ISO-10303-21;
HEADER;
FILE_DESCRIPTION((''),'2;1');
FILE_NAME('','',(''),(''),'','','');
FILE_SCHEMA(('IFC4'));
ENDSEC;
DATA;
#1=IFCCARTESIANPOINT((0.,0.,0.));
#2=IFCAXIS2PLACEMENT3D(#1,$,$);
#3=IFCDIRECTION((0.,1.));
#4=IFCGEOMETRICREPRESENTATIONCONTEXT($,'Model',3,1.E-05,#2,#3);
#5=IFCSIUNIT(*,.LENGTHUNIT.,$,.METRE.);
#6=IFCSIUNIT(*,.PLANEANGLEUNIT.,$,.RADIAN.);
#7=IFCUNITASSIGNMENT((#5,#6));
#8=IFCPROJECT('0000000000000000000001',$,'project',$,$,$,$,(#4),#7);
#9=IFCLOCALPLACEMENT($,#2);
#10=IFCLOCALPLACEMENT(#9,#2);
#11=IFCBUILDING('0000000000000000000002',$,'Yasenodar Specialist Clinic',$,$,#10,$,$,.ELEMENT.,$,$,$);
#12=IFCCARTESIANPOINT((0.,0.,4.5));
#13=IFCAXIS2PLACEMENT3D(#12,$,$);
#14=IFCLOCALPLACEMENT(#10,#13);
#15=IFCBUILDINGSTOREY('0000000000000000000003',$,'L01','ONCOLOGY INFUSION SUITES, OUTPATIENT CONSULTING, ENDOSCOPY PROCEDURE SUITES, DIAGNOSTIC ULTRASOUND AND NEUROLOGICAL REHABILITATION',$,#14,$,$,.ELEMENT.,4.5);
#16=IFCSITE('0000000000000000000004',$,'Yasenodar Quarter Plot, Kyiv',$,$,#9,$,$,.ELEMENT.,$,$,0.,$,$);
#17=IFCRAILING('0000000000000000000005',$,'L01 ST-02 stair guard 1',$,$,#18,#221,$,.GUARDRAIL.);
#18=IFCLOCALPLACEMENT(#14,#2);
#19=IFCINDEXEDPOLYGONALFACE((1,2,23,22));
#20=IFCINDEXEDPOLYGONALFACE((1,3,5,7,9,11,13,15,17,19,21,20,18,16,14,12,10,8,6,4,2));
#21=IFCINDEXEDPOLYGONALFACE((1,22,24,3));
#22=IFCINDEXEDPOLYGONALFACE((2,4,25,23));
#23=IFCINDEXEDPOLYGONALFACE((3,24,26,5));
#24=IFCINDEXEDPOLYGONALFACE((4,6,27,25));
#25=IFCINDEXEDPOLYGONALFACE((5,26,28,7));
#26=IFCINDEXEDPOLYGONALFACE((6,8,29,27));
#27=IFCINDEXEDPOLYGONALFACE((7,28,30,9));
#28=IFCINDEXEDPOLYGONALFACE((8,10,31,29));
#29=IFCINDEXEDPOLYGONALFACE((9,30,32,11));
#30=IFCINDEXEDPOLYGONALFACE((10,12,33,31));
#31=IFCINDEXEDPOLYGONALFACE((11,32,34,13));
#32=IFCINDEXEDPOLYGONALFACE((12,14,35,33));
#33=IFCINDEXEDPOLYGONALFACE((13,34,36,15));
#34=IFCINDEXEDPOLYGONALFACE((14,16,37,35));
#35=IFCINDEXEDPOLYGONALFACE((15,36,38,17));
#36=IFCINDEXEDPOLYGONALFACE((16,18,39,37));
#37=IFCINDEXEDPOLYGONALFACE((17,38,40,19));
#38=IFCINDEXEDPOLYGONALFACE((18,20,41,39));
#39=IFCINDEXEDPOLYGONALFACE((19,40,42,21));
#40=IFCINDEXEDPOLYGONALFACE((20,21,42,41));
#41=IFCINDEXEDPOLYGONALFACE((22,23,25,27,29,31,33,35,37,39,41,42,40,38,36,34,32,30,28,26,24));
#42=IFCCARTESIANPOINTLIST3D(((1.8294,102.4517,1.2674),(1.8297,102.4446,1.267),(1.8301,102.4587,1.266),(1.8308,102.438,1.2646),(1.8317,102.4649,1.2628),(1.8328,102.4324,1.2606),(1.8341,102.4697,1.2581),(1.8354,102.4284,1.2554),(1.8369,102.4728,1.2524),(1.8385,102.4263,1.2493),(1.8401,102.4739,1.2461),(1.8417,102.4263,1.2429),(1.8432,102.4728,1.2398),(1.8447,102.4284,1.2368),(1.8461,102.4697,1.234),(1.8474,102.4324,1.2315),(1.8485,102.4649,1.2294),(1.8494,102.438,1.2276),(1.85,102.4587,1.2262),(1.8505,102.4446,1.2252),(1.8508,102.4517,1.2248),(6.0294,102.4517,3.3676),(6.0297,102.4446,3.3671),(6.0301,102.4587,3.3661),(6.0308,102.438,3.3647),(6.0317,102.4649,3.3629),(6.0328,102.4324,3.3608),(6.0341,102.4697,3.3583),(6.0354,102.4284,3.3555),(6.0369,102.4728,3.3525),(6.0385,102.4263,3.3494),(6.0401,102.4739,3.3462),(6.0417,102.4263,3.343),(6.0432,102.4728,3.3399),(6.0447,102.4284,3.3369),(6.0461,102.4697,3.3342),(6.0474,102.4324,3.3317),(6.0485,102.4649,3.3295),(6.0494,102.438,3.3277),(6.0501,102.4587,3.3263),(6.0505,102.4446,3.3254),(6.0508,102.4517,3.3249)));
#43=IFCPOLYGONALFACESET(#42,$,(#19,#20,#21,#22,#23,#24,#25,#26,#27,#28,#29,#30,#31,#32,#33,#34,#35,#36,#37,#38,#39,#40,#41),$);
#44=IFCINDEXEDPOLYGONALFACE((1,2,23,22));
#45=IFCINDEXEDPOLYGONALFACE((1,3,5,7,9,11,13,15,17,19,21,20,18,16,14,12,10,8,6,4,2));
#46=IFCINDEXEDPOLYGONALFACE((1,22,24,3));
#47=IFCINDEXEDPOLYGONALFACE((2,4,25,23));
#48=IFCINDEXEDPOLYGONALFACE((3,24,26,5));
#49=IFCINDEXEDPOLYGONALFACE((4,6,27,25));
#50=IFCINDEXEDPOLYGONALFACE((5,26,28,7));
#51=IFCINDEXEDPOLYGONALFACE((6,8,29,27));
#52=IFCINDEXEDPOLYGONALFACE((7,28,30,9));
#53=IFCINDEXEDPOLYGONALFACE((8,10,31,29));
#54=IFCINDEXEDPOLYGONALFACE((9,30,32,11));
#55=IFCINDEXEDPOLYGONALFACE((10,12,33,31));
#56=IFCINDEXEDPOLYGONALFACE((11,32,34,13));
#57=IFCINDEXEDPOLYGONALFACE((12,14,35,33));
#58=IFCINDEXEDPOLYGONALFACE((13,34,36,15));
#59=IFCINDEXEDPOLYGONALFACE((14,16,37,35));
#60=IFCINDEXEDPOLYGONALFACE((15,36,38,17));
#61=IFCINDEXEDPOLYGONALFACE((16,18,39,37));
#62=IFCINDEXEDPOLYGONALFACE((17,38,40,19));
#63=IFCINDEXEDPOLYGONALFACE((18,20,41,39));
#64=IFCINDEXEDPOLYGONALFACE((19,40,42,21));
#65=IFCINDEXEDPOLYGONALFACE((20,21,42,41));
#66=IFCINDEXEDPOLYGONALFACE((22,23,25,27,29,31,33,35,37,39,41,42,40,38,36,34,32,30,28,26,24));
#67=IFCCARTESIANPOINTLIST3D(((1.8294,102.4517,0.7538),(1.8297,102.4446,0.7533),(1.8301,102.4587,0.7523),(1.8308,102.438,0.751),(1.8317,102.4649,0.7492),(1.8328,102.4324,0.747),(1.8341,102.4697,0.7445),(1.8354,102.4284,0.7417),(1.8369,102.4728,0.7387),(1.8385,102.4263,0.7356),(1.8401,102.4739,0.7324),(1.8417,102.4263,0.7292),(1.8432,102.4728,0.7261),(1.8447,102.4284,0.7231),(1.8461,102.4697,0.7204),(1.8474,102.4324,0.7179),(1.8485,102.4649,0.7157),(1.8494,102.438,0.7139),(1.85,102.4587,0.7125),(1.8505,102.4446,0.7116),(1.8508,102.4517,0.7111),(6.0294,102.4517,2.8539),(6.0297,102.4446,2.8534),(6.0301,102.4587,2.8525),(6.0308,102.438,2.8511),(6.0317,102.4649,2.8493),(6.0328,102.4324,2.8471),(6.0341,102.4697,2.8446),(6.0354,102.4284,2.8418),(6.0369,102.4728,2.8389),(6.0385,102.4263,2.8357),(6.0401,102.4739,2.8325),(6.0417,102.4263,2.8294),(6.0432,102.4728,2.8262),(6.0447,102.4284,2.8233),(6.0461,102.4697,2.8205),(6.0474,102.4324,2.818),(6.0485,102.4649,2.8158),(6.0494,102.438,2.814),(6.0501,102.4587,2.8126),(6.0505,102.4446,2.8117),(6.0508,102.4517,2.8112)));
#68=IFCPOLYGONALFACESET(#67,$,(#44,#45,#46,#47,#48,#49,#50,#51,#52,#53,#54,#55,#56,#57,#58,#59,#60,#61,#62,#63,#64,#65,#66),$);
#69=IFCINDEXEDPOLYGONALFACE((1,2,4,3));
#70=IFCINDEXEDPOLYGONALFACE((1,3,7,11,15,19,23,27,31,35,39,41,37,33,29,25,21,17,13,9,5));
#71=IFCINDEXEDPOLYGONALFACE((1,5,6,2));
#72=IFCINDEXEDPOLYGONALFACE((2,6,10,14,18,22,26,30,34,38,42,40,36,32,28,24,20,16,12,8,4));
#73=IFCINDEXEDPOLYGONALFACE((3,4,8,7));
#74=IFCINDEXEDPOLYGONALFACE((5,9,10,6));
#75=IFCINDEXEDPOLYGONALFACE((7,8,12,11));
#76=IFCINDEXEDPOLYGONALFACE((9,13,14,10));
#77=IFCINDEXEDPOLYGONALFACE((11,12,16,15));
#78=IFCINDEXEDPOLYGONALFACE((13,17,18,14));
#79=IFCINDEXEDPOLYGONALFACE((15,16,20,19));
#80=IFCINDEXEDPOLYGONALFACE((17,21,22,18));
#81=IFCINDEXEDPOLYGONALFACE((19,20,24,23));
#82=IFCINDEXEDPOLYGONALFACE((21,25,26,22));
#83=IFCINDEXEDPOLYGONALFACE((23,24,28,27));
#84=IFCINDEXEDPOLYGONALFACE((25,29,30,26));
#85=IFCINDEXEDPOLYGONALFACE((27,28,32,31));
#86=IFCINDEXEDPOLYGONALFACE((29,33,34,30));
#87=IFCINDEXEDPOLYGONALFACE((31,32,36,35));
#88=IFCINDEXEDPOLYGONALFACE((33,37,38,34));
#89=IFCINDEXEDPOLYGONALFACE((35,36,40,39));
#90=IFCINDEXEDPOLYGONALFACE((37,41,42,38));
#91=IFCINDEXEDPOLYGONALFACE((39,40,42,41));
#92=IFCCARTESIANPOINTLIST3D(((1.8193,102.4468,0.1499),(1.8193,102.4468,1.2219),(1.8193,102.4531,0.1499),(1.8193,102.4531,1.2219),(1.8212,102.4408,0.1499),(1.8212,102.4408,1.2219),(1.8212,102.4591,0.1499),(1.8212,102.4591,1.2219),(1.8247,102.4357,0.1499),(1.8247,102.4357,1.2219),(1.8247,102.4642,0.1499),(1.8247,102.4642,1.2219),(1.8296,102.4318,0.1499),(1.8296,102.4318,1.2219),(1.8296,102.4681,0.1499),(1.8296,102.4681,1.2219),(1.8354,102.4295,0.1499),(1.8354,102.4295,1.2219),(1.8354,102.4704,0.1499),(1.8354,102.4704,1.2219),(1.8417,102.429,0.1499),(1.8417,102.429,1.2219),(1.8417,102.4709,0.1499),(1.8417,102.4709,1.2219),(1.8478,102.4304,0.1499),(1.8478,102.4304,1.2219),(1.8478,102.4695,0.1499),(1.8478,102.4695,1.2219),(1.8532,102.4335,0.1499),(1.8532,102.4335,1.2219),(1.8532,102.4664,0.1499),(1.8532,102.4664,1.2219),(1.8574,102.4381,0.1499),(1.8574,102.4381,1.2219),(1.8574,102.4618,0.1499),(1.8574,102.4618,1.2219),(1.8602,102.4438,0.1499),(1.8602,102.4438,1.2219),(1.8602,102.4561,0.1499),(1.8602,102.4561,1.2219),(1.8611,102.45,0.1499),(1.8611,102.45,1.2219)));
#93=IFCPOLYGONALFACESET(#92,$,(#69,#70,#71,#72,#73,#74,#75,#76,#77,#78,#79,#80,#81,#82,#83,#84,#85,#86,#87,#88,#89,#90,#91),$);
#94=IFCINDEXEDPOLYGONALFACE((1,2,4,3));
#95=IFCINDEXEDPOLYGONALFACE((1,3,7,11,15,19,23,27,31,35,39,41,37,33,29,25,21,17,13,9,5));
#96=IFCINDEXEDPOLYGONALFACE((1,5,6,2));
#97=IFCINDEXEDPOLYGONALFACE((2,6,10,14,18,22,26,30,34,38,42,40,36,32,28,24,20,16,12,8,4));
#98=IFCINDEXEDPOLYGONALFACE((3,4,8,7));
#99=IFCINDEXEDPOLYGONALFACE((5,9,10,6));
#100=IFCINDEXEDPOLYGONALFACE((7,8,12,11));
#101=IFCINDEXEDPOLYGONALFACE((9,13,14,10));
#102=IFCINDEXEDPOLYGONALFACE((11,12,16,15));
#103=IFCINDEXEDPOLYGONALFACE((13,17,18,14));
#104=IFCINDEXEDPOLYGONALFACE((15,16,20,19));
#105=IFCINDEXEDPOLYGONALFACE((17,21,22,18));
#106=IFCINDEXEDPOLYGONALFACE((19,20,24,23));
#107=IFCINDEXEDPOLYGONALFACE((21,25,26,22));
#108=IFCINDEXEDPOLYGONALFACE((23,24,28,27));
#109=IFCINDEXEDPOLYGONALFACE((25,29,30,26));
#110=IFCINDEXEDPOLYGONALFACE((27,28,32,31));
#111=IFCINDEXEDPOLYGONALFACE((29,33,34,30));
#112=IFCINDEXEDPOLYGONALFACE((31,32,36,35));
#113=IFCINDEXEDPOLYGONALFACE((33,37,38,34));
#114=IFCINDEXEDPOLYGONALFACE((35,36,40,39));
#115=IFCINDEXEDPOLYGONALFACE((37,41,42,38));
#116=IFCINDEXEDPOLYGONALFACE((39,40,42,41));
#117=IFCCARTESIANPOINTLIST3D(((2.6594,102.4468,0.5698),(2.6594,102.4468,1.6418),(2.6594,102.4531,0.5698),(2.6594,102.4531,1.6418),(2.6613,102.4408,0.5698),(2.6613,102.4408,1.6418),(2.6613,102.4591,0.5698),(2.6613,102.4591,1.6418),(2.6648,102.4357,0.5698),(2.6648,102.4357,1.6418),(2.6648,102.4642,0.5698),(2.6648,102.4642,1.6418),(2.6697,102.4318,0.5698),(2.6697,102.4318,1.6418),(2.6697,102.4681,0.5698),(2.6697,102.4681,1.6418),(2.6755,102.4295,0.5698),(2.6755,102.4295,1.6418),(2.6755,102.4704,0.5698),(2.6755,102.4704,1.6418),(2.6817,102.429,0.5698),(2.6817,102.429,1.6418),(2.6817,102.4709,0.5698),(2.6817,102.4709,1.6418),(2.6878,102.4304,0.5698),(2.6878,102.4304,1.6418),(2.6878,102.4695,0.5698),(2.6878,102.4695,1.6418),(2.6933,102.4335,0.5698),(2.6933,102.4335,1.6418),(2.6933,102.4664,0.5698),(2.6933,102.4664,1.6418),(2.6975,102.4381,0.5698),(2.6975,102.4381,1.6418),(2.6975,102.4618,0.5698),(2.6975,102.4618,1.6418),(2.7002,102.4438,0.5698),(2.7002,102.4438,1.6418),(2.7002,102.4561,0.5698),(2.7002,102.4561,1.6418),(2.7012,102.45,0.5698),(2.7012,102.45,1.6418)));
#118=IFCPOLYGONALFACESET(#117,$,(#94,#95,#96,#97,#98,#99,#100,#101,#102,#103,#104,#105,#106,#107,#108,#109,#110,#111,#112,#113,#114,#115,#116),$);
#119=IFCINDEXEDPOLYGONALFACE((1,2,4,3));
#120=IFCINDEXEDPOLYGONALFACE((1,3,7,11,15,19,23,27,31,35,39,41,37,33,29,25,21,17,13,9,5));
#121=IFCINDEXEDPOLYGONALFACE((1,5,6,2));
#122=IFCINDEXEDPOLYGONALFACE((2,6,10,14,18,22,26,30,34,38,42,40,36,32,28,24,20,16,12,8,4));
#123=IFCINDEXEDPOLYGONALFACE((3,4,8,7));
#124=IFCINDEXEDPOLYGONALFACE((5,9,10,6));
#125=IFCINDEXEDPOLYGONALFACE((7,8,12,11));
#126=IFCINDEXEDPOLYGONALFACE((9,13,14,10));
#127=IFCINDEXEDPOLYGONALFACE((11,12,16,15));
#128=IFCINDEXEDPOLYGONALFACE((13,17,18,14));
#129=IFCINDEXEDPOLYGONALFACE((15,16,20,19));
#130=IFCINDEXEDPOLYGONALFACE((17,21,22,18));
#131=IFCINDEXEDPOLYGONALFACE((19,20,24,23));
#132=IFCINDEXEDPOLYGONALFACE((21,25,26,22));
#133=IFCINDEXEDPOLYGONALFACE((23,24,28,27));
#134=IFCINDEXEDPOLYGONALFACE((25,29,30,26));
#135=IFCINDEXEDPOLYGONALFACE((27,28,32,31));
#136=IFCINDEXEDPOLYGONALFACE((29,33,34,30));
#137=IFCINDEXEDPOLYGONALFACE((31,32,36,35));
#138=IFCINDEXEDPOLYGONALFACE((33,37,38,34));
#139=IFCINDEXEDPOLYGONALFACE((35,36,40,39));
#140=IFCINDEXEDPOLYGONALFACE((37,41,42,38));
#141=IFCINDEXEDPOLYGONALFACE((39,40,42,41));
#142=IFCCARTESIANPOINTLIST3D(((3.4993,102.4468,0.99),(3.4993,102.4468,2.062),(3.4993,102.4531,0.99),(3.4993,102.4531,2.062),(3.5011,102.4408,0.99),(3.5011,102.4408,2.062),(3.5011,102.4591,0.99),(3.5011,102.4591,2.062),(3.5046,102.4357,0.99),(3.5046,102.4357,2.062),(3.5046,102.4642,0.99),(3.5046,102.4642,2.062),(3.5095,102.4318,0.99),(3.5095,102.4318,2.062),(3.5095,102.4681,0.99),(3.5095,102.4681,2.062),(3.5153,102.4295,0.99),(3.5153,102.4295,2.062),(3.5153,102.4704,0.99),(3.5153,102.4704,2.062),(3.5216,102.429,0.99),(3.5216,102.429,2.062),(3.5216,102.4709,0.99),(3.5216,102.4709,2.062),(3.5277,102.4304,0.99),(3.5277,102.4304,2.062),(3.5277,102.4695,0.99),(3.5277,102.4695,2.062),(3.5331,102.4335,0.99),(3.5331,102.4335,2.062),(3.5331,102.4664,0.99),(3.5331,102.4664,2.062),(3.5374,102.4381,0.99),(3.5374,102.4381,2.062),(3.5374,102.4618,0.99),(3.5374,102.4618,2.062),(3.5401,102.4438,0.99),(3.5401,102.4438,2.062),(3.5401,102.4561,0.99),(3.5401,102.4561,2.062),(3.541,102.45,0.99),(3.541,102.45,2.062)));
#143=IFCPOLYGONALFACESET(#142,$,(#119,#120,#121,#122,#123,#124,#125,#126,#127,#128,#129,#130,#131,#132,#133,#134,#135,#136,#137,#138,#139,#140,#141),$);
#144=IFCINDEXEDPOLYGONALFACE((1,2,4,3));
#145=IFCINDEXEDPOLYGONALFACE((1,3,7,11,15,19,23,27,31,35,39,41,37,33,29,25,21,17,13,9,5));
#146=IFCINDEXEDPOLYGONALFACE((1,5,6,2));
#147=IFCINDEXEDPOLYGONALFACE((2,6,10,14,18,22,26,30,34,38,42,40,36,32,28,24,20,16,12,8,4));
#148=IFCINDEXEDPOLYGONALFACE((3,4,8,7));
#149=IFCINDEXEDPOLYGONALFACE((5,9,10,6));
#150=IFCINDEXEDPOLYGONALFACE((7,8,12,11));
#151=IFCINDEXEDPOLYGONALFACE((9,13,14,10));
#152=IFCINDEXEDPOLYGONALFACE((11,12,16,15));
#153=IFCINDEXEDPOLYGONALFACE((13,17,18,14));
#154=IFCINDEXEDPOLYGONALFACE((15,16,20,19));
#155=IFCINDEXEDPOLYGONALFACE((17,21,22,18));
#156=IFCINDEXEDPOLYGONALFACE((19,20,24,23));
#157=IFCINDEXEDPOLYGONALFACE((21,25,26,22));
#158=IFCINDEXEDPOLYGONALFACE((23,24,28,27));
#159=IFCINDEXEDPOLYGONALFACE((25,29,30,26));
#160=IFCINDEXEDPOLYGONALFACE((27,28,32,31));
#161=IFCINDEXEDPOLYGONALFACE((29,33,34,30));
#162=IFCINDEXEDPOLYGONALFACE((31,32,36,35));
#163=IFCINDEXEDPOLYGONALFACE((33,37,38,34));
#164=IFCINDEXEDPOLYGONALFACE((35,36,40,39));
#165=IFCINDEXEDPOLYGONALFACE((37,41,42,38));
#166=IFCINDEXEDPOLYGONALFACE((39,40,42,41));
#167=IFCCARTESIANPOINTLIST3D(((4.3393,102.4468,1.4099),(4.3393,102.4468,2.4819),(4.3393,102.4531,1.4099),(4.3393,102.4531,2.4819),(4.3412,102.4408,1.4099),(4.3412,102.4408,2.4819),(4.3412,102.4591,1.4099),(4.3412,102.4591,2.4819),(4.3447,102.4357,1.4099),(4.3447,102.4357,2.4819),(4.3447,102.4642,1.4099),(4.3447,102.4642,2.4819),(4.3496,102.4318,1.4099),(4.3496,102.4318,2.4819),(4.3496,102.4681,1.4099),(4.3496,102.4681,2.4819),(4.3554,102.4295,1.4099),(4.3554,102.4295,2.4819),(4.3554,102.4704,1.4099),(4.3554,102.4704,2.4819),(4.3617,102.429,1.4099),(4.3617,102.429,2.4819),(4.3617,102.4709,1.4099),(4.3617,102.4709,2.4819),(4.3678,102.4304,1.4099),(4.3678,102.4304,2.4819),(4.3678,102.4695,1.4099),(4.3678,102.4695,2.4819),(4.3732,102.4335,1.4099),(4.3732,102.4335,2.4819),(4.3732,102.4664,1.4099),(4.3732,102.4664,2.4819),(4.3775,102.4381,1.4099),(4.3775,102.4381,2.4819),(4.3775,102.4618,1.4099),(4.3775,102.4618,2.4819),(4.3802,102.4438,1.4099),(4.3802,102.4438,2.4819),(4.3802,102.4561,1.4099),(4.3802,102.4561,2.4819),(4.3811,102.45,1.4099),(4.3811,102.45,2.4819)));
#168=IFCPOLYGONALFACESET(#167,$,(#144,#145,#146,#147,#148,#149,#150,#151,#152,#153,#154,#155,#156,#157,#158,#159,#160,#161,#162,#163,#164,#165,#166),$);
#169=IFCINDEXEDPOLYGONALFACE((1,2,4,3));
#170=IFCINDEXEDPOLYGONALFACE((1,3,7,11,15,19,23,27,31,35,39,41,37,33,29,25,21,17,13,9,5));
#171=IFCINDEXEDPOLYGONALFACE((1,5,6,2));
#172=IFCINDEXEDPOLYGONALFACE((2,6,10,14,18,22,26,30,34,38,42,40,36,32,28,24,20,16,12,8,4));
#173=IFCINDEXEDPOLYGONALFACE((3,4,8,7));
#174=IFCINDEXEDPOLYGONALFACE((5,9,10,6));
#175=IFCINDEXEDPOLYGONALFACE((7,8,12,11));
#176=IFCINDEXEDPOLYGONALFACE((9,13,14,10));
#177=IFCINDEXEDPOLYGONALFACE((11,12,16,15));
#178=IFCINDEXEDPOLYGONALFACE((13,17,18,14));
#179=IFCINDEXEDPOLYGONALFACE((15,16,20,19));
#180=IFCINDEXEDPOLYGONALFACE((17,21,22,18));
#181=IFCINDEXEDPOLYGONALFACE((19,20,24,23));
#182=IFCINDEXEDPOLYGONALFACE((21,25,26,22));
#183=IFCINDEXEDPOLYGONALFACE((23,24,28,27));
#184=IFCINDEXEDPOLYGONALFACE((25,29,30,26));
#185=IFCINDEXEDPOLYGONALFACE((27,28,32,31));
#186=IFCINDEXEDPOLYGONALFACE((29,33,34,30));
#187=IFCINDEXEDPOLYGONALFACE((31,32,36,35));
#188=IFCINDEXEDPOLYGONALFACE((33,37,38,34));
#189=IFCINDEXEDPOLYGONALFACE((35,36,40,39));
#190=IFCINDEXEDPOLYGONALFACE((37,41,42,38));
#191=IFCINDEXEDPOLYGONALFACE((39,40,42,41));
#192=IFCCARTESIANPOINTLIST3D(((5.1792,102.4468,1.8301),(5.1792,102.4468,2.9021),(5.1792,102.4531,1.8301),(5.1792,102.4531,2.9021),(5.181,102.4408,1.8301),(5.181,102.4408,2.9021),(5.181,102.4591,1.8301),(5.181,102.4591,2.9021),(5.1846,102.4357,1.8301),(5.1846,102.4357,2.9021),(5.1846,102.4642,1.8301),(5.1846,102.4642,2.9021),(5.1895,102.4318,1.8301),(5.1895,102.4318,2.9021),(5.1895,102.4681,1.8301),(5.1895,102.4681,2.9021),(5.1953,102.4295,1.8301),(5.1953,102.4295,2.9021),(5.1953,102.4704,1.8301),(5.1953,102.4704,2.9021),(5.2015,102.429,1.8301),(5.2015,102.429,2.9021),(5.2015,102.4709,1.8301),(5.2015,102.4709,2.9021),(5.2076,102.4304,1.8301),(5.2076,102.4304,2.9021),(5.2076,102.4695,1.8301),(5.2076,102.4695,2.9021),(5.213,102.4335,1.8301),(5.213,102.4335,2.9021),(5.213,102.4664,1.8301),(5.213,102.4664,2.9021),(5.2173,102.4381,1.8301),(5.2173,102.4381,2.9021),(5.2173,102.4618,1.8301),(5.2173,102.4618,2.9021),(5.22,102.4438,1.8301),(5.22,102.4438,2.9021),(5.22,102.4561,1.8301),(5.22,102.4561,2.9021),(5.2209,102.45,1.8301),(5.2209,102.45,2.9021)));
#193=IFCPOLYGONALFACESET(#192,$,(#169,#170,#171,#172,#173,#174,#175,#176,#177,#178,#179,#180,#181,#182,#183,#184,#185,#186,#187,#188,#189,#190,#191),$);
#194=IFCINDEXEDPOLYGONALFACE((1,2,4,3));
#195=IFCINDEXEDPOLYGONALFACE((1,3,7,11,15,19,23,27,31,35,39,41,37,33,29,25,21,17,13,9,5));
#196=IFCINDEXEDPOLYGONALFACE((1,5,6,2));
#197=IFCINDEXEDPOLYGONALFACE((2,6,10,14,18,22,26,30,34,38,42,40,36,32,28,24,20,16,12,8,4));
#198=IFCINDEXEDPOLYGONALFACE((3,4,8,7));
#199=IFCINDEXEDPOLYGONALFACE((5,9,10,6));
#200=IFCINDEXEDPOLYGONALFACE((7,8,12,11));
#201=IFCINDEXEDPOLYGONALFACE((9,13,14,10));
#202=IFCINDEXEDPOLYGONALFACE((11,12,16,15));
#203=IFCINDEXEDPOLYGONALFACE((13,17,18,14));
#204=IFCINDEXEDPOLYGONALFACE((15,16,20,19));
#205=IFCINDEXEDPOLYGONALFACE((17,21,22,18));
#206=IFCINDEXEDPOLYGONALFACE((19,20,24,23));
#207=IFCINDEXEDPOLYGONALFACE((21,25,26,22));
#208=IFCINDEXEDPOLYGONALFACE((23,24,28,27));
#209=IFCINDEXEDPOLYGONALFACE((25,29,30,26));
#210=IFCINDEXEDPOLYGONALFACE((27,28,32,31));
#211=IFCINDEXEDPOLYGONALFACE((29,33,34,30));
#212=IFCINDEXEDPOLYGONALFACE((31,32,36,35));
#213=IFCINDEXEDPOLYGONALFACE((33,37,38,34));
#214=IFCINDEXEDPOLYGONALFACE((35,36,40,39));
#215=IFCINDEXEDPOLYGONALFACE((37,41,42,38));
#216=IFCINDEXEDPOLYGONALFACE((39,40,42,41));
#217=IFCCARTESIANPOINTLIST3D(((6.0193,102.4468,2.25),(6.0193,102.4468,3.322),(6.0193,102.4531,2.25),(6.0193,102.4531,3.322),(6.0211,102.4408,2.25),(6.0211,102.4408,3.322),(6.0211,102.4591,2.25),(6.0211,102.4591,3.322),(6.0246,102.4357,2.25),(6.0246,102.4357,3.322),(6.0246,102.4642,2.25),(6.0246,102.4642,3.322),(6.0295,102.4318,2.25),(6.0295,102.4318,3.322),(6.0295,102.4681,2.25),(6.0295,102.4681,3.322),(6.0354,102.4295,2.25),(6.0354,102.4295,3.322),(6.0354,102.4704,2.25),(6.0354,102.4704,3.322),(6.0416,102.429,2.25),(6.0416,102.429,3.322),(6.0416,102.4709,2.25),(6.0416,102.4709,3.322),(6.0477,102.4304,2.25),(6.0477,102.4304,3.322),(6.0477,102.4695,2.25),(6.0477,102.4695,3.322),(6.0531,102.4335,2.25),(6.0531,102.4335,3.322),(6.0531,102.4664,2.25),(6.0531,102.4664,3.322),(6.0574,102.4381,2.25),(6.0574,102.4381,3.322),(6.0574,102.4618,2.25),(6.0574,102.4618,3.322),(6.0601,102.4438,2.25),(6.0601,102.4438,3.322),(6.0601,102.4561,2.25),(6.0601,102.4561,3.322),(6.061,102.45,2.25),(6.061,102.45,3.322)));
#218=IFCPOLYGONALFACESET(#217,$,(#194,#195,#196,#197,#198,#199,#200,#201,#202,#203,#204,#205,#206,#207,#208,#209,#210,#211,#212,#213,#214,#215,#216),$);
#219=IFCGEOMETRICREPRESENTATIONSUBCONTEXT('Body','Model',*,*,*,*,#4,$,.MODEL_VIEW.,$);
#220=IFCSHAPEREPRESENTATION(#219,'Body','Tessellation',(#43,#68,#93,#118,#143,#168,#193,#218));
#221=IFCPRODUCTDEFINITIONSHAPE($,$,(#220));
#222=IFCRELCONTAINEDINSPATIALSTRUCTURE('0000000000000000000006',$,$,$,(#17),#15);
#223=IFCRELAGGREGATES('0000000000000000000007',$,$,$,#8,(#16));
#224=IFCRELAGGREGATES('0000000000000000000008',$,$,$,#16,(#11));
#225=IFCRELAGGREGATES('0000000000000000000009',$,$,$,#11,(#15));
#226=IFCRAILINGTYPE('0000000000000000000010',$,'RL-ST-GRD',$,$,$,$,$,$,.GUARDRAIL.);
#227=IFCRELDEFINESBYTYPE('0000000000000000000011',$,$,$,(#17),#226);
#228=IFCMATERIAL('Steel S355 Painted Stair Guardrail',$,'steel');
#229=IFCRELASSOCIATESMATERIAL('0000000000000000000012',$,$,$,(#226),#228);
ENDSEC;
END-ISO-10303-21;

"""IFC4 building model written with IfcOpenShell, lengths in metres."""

from ifc_helpers import new_model, si_unit, direction, frame, origin, origin_2d, place, context, subcontext, project, spatial, circle, extrude, material, type_object, element, save


model = new_model("IFC4")

# Units and contexts
model_context = context("Model", 3, precision=1e-05, world=origin(), true_north=direction((0.0, 1.0)))
body_context = subcontext(model_context, "Body", "Model", "MODEL_VIEW")
ifc_project = project(units=[si_unit("LENGTHUNIT", "METRE"), si_unit("PLANEANGLEUNIT", "RADIAN")], contexts=[model_context])

# Site, building, storey
site_placement = place(None, origin())
site = spatial("IfcSite", under=ifc_project, at=site_placement, Name="Yasenodar Quarter Plot, Kyiv", CompositionType="ELEMENT", RefElevation=0.0)
building_placement = place(site_placement, origin())
building = spatial("IfcBuilding", under=site, at=building_placement, Name="Yasenodar Specialist Clinic", CompositionType="ELEMENT")
storey_placement = place(building_placement, frame((0.0, 0.0, 4.5)))
storey = spatial("IfcBuildingStorey", under=building, at=storey_placement, Name="L01", Description="ONCOLOGY INFUSION SUITES, OUTPATIENT CONSULTING, ENDOSCOPY PROCEDURE SUITES, DIAGNOSTIC ULTRASOUND AND NEUROLOGICAL REHABILITATION", CompositionType="ELEMENT", Elevation=4.5)

# Railing
ifc_material_1 = material(Name="Steel S355 Painted Stair Guardrail", Category="steel")
railing_type_1 = type_object("IfcRailingType", Name="RL-ST-GRD", PredefinedType="GUARDRAIL", material=ifc_material_1)
railing_1_placement = place(storey_placement, frame((1.8401, 102.45, 0.1499)))
element("IfcRailing", 1, at=railing_1_placement, inside=storey, type_object=railing_type_1, Name="L01 ST-02 stair guard 1", PredefinedType="GUARDRAIL", context=body_context, shape_type="SweptSolid", body=[
    extrude(circle(Radius=0.0239, at=origin_2d()), frame((0.0, 0.0, 1.0962), z_axis=(0.894417, 0.0, 0.447234), x_axis=(0.0, 1.0, 0.0)), (0.0, 0.0, 1.0), 4.6958),
    extrude(circle(Radius=0.0239, at=origin_2d()), frame((0.0, 0.0, 0.5825), z_axis=(0.894417, 0.0, 0.447234), x_axis=(0.0, 1.0, 0.0)), (0.0, 0.0, 1.0), 4.6958),
    extrude(circle(Radius=0.021, at=origin_2d()), origin(), (0.0, 0.0, 1.0), 1.072),
    extrude(circle(Radius=0.021, at=origin_2d()), frame((0.8401, 0.0, 0.4199)), (0.0, 0.0, 1.0), 1.072),
    extrude(circle(Radius=0.021, at=origin_2d()), frame((1.6799, 0.0, 0.8401)), (0.0, 0.0, 1.0), 1.072),
    extrude(circle(Radius=0.021, at=origin_2d()), frame((2.52, 0.0, 1.26)), (0.0, 0.0, 1.0), 1.072),
    extrude(circle(Radius=0.021, at=origin_2d()), frame((3.3599, 0.0, 1.6802)), (0.0, 0.0, 1.0), 1.072),
    extrude(circle(Radius=0.021, at=origin_2d()), frame((4.2, 0.0, 2.1001)), (0.0, 0.0, 1.0), 1.072),
])

save(model, "model.ifc")
